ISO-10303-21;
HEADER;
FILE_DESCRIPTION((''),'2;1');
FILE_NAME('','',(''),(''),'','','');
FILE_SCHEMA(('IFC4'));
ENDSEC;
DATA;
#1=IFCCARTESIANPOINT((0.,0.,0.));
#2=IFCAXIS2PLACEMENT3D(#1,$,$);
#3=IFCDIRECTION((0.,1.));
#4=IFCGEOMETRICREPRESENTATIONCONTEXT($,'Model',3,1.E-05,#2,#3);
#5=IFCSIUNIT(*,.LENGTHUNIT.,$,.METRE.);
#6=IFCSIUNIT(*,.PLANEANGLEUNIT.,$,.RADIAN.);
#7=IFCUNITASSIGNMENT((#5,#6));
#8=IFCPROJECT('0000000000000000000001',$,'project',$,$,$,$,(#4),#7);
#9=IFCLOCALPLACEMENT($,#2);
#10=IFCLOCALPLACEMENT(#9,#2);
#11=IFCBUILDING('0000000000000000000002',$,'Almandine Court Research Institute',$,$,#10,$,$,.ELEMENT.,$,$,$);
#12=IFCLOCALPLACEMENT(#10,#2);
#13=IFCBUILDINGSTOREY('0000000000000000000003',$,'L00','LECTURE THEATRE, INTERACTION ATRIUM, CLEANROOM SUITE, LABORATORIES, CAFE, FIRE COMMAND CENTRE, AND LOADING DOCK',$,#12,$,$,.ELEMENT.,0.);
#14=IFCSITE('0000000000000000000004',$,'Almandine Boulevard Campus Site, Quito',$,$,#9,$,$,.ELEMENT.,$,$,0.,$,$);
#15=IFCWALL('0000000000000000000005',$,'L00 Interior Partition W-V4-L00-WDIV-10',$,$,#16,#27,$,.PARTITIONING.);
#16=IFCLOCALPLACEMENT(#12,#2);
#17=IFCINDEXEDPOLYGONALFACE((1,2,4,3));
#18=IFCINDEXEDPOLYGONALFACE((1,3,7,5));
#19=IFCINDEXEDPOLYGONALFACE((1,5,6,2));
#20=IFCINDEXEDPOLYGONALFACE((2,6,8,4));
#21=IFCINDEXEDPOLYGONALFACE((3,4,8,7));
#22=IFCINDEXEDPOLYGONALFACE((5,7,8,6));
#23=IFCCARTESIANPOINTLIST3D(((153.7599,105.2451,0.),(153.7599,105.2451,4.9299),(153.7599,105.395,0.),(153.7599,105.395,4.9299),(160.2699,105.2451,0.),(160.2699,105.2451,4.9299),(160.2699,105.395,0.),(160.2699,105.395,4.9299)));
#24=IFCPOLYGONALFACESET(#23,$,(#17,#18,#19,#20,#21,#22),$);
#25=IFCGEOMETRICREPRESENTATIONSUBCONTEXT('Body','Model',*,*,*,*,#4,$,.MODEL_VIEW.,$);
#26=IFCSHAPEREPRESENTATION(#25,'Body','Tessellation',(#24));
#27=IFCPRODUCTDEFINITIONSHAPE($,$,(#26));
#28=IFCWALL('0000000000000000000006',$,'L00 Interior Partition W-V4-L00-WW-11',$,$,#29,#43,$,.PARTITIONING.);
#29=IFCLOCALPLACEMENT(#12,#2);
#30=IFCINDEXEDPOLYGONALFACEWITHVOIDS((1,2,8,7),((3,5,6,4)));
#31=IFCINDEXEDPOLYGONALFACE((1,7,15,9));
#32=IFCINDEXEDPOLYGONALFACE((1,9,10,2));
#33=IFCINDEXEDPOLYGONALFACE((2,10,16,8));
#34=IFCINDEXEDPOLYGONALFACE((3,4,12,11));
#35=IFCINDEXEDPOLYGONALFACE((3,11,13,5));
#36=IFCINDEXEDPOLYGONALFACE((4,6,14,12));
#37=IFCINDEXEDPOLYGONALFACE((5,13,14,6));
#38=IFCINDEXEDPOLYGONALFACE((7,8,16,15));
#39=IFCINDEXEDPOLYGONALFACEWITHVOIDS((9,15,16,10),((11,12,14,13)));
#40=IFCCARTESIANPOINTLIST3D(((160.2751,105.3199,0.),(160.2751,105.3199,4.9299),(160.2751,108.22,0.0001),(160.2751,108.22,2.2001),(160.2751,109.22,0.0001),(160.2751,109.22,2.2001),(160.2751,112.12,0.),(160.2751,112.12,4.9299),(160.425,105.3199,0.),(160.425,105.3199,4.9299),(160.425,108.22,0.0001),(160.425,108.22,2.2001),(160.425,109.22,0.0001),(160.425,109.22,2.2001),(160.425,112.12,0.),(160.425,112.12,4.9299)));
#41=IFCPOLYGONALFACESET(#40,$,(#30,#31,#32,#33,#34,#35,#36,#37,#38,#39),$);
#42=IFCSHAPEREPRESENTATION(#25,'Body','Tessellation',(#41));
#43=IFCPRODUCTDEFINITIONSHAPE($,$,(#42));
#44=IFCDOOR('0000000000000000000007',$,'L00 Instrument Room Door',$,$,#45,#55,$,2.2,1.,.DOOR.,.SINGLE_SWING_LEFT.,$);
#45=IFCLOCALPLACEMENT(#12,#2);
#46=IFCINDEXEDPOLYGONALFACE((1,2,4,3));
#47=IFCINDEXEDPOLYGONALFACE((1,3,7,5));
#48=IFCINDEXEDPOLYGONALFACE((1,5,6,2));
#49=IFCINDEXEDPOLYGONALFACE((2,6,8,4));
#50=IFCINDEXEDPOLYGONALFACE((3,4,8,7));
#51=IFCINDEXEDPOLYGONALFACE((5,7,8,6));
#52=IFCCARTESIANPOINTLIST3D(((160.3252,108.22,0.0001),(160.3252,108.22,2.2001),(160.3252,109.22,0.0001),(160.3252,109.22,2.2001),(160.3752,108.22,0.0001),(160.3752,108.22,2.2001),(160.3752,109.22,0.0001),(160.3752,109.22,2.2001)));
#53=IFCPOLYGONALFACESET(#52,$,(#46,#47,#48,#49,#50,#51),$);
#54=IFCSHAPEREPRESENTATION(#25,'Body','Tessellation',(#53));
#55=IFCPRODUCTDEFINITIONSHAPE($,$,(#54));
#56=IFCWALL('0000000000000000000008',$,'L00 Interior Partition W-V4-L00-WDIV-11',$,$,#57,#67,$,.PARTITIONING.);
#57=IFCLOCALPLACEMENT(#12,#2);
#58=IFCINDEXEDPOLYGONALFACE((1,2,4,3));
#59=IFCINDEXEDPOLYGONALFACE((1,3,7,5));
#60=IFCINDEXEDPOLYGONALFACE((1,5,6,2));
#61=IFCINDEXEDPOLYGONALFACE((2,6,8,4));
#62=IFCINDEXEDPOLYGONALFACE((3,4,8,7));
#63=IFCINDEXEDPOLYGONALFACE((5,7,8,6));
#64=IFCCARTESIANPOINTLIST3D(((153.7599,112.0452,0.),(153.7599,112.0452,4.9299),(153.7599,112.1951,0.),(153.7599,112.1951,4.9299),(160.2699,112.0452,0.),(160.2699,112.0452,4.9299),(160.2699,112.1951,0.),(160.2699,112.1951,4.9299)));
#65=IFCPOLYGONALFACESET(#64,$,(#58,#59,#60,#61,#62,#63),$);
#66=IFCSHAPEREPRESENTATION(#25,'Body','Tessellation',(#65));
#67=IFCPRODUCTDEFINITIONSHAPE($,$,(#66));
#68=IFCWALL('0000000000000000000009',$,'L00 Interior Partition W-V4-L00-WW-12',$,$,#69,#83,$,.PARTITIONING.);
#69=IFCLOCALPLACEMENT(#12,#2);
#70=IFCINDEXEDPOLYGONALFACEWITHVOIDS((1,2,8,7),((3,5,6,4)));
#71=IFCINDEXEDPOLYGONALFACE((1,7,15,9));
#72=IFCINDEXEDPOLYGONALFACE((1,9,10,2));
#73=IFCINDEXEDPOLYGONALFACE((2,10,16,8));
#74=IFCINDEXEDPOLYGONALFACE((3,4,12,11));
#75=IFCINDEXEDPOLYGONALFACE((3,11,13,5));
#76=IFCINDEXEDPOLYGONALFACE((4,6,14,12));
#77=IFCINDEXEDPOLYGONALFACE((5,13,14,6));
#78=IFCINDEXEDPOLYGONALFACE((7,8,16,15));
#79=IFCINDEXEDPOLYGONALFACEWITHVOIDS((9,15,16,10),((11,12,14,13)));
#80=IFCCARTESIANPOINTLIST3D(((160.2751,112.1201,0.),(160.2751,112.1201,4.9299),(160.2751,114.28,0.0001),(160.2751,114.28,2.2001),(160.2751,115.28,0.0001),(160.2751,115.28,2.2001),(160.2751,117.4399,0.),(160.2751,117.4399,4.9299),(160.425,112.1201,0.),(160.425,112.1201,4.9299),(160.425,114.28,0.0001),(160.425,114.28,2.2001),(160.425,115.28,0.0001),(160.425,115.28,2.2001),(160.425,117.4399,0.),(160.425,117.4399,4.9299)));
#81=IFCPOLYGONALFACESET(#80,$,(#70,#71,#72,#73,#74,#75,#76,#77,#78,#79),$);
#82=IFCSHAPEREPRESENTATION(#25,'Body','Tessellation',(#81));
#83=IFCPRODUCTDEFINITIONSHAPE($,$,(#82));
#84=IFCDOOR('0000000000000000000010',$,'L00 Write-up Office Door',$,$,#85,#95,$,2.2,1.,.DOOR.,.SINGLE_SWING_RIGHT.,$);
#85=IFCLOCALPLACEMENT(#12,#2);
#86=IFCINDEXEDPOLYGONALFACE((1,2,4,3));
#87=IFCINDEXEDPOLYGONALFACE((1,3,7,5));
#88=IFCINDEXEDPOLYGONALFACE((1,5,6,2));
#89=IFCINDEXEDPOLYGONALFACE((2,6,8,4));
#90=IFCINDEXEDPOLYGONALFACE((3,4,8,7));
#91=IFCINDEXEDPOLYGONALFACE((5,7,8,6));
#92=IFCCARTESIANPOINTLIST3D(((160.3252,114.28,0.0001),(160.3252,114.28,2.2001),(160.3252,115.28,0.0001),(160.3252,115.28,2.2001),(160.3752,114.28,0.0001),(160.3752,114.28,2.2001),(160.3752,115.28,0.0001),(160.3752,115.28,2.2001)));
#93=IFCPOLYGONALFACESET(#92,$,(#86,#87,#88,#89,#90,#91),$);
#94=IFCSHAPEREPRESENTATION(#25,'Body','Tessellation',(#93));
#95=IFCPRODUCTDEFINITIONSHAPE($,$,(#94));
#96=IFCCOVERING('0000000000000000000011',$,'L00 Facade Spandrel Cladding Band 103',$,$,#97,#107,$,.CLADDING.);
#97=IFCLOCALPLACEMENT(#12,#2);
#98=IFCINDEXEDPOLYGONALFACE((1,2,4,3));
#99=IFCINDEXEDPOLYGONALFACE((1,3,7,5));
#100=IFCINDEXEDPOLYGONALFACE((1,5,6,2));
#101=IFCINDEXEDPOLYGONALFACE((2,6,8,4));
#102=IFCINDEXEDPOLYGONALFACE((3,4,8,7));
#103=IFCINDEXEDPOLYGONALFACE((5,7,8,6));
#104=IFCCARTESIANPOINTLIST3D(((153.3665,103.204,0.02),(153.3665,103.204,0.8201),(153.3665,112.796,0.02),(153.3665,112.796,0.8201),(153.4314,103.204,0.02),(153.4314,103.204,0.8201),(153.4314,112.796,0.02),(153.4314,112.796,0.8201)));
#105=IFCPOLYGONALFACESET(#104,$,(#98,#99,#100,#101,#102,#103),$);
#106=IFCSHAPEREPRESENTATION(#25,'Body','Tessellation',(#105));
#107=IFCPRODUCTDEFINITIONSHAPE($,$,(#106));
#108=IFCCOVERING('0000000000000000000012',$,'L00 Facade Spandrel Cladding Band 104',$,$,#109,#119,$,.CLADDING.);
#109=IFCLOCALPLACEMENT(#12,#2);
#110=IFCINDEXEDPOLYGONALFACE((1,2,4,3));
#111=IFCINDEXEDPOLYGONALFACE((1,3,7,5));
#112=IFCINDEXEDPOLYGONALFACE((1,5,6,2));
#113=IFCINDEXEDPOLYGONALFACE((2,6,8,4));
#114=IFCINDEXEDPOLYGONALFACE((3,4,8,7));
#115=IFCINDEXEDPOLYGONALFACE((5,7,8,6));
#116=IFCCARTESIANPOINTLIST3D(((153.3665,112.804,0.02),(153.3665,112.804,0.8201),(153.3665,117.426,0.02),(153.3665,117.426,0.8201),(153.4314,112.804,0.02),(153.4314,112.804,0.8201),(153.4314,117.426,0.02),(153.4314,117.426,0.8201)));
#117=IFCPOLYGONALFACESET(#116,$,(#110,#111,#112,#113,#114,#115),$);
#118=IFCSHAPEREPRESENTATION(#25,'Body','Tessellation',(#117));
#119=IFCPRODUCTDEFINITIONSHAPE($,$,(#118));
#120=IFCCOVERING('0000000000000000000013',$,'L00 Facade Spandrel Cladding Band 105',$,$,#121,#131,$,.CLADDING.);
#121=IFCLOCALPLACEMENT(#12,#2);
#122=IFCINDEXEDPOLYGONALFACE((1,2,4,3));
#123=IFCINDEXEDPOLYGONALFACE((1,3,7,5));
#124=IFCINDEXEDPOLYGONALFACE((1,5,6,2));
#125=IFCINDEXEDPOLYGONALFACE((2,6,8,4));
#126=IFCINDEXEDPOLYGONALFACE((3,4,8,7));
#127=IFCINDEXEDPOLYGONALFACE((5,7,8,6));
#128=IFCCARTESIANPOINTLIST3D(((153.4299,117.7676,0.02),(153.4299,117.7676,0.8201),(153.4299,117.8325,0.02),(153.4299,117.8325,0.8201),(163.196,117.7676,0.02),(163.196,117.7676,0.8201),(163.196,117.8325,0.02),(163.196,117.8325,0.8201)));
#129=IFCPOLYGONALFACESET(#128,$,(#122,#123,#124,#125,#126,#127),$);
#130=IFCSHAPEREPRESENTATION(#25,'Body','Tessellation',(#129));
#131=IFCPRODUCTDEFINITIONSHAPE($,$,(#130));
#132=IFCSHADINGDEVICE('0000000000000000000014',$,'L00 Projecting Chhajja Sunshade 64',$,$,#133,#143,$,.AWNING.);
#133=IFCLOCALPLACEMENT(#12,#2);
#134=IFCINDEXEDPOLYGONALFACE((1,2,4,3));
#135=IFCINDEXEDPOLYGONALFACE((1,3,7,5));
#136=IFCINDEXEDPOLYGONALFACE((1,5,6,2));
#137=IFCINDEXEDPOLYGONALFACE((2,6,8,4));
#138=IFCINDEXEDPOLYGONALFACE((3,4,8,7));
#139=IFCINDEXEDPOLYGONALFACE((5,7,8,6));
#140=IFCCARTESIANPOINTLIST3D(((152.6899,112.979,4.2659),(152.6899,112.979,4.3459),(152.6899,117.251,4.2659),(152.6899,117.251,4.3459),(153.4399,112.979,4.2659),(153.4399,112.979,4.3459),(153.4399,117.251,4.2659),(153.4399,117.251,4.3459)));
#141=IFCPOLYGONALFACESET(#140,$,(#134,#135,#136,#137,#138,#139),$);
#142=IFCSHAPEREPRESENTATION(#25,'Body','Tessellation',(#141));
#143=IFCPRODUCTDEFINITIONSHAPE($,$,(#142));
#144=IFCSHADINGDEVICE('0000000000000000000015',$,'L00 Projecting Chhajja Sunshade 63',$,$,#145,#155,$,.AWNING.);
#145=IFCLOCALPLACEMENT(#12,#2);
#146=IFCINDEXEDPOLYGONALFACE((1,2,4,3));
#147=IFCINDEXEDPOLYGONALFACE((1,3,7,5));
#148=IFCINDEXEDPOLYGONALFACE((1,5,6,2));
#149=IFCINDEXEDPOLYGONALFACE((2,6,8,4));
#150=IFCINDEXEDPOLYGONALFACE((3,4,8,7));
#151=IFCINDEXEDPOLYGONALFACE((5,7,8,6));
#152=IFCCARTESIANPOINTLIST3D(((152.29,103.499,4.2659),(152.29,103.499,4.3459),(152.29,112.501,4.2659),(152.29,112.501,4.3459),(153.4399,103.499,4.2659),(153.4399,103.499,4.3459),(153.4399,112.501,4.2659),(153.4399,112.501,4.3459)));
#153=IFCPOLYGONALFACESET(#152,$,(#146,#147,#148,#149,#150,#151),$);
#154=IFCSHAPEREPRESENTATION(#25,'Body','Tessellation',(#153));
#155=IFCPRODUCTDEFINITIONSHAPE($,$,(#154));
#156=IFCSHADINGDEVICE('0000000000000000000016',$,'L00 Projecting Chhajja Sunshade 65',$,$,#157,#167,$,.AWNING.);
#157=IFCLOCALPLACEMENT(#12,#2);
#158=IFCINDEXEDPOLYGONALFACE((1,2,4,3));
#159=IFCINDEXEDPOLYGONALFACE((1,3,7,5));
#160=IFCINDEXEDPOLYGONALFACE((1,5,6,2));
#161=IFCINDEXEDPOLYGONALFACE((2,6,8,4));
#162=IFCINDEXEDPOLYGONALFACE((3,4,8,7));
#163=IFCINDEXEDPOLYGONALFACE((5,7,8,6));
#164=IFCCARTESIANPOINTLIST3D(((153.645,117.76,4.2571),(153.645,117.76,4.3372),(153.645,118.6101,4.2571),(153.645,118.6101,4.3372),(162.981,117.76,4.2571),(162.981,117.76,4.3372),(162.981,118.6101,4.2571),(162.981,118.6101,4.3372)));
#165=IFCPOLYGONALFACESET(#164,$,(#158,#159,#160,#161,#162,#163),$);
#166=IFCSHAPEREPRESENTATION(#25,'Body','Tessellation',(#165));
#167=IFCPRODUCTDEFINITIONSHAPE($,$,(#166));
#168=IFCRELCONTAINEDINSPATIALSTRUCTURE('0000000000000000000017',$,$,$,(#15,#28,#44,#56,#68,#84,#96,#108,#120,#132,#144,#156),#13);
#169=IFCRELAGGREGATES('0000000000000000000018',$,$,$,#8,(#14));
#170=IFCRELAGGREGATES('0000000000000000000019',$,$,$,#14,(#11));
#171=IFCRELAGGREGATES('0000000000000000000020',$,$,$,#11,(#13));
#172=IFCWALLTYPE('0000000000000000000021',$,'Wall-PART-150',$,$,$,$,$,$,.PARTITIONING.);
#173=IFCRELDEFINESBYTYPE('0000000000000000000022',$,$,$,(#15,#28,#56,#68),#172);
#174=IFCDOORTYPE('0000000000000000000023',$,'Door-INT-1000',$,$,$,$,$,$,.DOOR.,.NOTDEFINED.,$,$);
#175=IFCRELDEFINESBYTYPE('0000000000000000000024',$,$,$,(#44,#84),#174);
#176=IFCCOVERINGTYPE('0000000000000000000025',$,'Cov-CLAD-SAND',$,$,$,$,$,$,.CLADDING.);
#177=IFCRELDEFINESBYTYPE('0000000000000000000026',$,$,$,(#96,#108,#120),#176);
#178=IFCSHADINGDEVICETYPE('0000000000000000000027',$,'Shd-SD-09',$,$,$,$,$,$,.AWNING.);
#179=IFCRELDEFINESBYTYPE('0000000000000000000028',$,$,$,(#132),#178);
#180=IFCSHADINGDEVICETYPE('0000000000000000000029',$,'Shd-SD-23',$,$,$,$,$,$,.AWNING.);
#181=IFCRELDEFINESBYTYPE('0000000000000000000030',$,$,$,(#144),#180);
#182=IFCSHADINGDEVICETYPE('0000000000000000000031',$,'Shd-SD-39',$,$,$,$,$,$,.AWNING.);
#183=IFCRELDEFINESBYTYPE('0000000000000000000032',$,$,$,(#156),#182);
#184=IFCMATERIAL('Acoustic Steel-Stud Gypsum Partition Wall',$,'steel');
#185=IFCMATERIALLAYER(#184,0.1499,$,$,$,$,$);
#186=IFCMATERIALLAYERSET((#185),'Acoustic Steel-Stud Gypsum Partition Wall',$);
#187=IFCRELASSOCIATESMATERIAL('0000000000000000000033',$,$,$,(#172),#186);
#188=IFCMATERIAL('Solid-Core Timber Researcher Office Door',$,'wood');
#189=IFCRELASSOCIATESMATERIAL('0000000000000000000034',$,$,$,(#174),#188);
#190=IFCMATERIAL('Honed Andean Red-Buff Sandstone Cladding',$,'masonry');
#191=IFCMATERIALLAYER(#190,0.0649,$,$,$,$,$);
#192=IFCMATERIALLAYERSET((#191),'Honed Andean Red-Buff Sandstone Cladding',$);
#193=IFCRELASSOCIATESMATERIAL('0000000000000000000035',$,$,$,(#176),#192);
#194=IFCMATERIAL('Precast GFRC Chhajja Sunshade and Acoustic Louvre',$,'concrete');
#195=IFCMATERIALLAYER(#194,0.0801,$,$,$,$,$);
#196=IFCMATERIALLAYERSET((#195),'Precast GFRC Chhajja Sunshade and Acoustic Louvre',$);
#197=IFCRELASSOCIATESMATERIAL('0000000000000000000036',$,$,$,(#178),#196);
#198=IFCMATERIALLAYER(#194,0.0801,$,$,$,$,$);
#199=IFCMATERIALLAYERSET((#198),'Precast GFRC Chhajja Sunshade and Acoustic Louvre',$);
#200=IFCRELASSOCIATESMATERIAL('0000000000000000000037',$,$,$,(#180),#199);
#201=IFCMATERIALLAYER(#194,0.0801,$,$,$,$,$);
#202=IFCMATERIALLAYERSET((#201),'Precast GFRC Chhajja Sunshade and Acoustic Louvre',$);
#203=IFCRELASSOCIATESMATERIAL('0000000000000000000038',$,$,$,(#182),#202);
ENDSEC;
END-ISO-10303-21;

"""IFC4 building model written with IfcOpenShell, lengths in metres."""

from ifc_helpers import new_model, si_unit, direction, frame, frame_2d, origin, origin_2d, place, context, subcontext, project, spatial, rectangle, extrude, material, layer, layer_set, type_object, element, fill, save


model = new_model("IFC4")

# Units and contexts
model_context = context("Model", 3, precision=1e-05, world=origin(), true_north=direction((0.0, 1.0)))
body_context = subcontext(model_context, "Body", "Model", "MODEL_VIEW")
ifc_project = project(units=[si_unit("LENGTHUNIT", "METRE"), si_unit("PLANEANGLEUNIT", "RADIAN")], contexts=[model_context])

# Site, building, storey
site_placement = place(None, origin())
site = spatial("IfcSite", under=ifc_project, at=site_placement, Name="Almandine Boulevard Campus Site, Quito", CompositionType="ELEMENT", RefElevation=0.0)
building_placement = place(site_placement, origin())
building = spatial("IfcBuilding", under=site, at=building_placement, Name="Almandine Court Research Institute", CompositionType="ELEMENT")
storey_placement = place(building_placement, origin())
storey = spatial("IfcBuildingStorey", under=building, at=storey_placement, Name="L00", Description="LECTURE THEATRE, INTERACTION ATRIUM, CLEANROOM SUITE, LABORATORIES, CAFE, FIRE COMMAND CENTRE, AND LOADING DOCK", CompositionType="ELEMENT", Elevation=0.0)

# Wall
ifc_material_1 = material(Name="Acoustic Steel-Stud Gypsum Partition Wall", Category="steel")
ifc_layer_1 = layer(ifc_material_1, 0.1499)
ifc_layer_set_1 = layer_set([ifc_layer_1], Name="Acoustic Steel-Stud Gypsum Partition Wall")
wall_type_1 = type_object("IfcWallType", Name="Wall-PART-150", PredefinedType="PARTITIONING", material=ifc_layer_set_1)
wall_1_placement = place(storey_placement, frame((153.76, 105.3201, 0.0), z_axis=(0.0, 0.0, 1.0), x_axis=(1.0, 0.0, 0.0)))
element("IfcWall", 1, at=wall_1_placement, inside=storey, type_object=wall_type_1, Name="L00 Interior Partition W-V4-L00-WDIV-10", PredefinedType="PARTITIONING", context=body_context, shape_type="SweptSolid", body=[
    extrude(rectangle(XDim=6.51, YDim=0.1499, at=frame_2d((3.2549, 0.0))), origin(), (0.0, 0.0, 1.0), 4.9299),
])

# Wall, opening, door
wall_2_placement = place(storey_placement, frame((160.3501, 105.3201, 0.0), z_axis=(0.0, 0.0, 1.0), x_axis=(0.0, 1.0, 0.0)))
wall_2 = element("IfcWall", 2, at=wall_2_placement, inside=storey, type_object=wall_type_1, Name="L00 Interior Partition W-V4-L00-WW-11", PredefinedType="PARTITIONING", context=body_context, shape_type="SweptSolid", body=[
    extrude(rectangle(XDim=6.8, YDim=0.1499, at=frame_2d((3.3999, 0.0))), origin(), (0.0, 0.0, 1.0), 4.9299),
])
opening_1_placement = place(wall_2_placement, frame((2.8999, 0.0, 0.0)))
opening_1 = element("IfcOpeningElement", 3, at=opening_1_placement, cuts=wall_2, PredefinedType="OPENING", context=body_context, shape_type="SweptSolid", body=[
    extrude(rectangle(XDim=1.0, YDim=2.2, at=frame_2d((0.5, 1.1001))), frame((0.0, 0.085, 0.0), z_axis=(0.0, -1.0, 0.0), x_axis=(1.0, 0.0, 0.0)), (0.0, 0.0, 1.0), 0.1699),
])
ifc_material_2 = material(Name="Solid-Core Timber Researcher Office Door", Category="wood")
door_type = type_object("IfcDoorType", Name="Door-INT-1000", OperationType="NOTDEFINED", PredefinedType="DOOR", material=ifc_material_2)
door_1_placement = place(opening_1_placement, origin())
door_1 = element("IfcDoor", 4, at=door_1_placement, inside=storey, type_object=door_type, Name="L00 Instrument Room Door", OperationType="SINGLE_SWING_LEFT", OverallHeight=2.2, OverallWidth=1.0, PredefinedType="DOOR", context=body_context, shape_type="SweptSolid", body=[
    extrude(rectangle(XDim=1.0, YDim=2.2, at=frame_2d((0.5, 1.1001))), frame((0.0, 0.0249, 0.0), z_axis=(0.0, -1.0, 0.0), x_axis=(1.0, 0.0, 0.0)), (0.0, 0.0, 1.0), 0.05),
])
fill(opening_1, door_1)

# Wall
wall_3_placement = place(storey_placement, frame((153.76, 112.1201, 0.0), z_axis=(0.0, 0.0, 1.0), x_axis=(1.0, 0.0, 0.0)))
element("IfcWall", 5, at=wall_3_placement, inside=storey, type_object=wall_type_1, Name="L00 Interior Partition W-V4-L00-WDIV-11", PredefinedType="PARTITIONING", context=body_context, shape_type="SweptSolid", body=[
    extrude(rectangle(XDim=6.51, YDim=0.1499, at=frame_2d((3.2549, 0.0))), origin(), (0.0, 0.0, 1.0), 4.9299),
])

# Wall, opening, door
wall_4_placement = place(storey_placement, frame((160.3501, 112.1201, 0.0), z_axis=(0.0, 0.0, 1.0), x_axis=(0.0, 1.0, 0.0)))
wall_4 = element("IfcWall", 6, at=wall_4_placement, inside=storey, type_object=wall_type_1, Name="L00 Interior Partition W-V4-L00-WW-12", PredefinedType="PARTITIONING", context=body_context, shape_type="SweptSolid", body=[
    extrude(rectangle(XDim=5.3198, YDim=0.1499, at=frame_2d((2.6599, 0.0))), origin(), (0.0, 0.0, 1.0), 4.9299),
])
opening_2_placement = place(wall_4_placement, frame((2.1599, 0.0, 0.0)))
opening_2 = element("IfcOpeningElement", 7, at=opening_2_placement, cuts=wall_4, PredefinedType="OPENING", context=body_context, shape_type="SweptSolid", body=[
    extrude(rectangle(XDim=1.0, YDim=2.2, at=frame_2d((0.5, 1.1001))), frame((0.0, 0.085, 0.0), z_axis=(0.0, -1.0, 0.0), x_axis=(1.0, 0.0, 0.0)), (0.0, 0.0, 1.0), 0.1699),
])
door_2_placement = place(opening_2_placement, origin())
door_2 = element("IfcDoor", 8, at=door_2_placement, inside=storey, type_object=door_type, Name="L00 Write-up Office Door", OperationType="SINGLE_SWING_RIGHT", OverallHeight=2.2, OverallWidth=1.0, PredefinedType="DOOR", context=body_context, shape_type="SweptSolid", body=[
    extrude(rectangle(XDim=1.0, YDim=2.2, at=frame_2d((0.5, 1.1001))), frame((0.0, 0.0249, 0.0), z_axis=(0.0, -1.0, 0.0), x_axis=(1.0, 0.0, 0.0)), (0.0, 0.0, 1.0), 0.05),
])
fill(opening_2, door_2)

# Coverings
ifc_material_3 = material(Name="Honed Andean Red-Buff Sandstone Cladding", Category="masonry")
ifc_layer_2 = layer(ifc_material_3, 0.0649)
ifc_layer_set_2 = layer_set([ifc_layer_2], Name="Honed Andean Red-Buff Sandstone Cladding")
covering_type = type_object("IfcCoveringType", Name="Cov-CLAD-SAND", PredefinedType="CLADDING", material=ifc_layer_set_2)
covering_1_placement = place(storey_placement, frame((153.3989, 108.0, 0.02), z_axis=(0.0, 0.0, 1.0), x_axis=(0.0, 1.0, 0.0)))
element("IfcCovering", 9, at=covering_1_placement, inside=storey, type_object=covering_type, Name="L00 Facade Spandrel Cladding Band 103", PredefinedType="CLADDING", context=body_context, shape_type="SweptSolid", body=[
    extrude(rectangle(XDim=9.592, YDim=0.0649, at=origin_2d()), origin(), (0.0, 0.0, 1.0), 0.8),
])
covering_2_placement = place(storey_placement, frame((153.3989, 115.115, 0.02), z_axis=(0.0, 0.0, 1.0), x_axis=(0.0, 1.0, 0.0)))
element("IfcCovering", 10, at=covering_2_placement, inside=storey, type_object=covering_type, Name="L00 Facade Spandrel Cladding Band 104", PredefinedType="CLADDING", context=body_context, shape_type="SweptSolid", body=[
    extrude(rectangle(XDim=4.6221, YDim=0.0649, at=origin_2d()), origin(), (0.0, 0.0, 1.0), 0.8),
])
covering_3_placement = place(storey_placement, frame((158.313, 117.8, 0.02), z_axis=(0.0, 0.0, 1.0), x_axis=(1.0, 0.0, 0.0)))
element("IfcCovering", 11, at=covering_3_placement, inside=storey, type_object=covering_type, Name="L00 Facade Spandrel Cladding Band 105", PredefinedType="CLADDING", context=body_context, shape_type="SweptSolid", body=[
    extrude(rectangle(XDim=9.7661, YDim=0.0649, at=origin_2d()), origin(), (0.0, 0.0, 1.0), 0.8),
])

# Shading devices
ifc_material_4 = material(Name="Precast GFRC Chhajja Sunshade and Acoustic Louvre", Category="concrete")
ifc_layer_3 = layer(ifc_material_4, 0.0801)
ifc_layer_set_3 = layer_set([ifc_layer_3], Name="Precast GFRC Chhajja Sunshade and Acoustic Louvre")
shading_device_type_1 = type_object("IfcShadingDeviceType", Name="Shd-SD-09", PredefinedType="AWNING", material=ifc_layer_set_3)
shading_device_1_placement = place(storey_placement, frame((153.0649, 115.115, 4.2659), z_axis=(0.0, 0.0, 1.0), x_axis=(0.0, 1.0, 0.0)))
element("IfcShadingDevice", 12, at=shading_device_1_placement, inside=storey, type_object=shading_device_type_1, Name="L00 Projecting Chhajja Sunshade 64", PredefinedType="AWNING", context=body_context, shape_type="SweptSolid", body=[
    extrude(rectangle(XDim=4.272, YDim=0.75, at=origin_2d()), origin(), (0.0, 0.0, 1.0), 0.0801),
])
ifc_layer_4 = layer(ifc_material_4, 0.0801)
ifc_layer_set_4 = layer_set([ifc_layer_4], Name="Precast GFRC Chhajja Sunshade and Acoustic Louvre")
shading_device_type_2 = type_object("IfcShadingDeviceType", Name="Shd-SD-23", PredefinedType="AWNING", material=ifc_layer_set_4)
shading_device_2_placement = place(storey_placement, frame((152.865, 108.0, 4.2659), z_axis=(0.0, 0.0, 1.0), x_axis=(0.0, 1.0, 0.0)))
element("IfcShadingDevice", 13, at=shading_device_2_placement, inside=storey, type_object=shading_device_type_2, Name="L00 Projecting Chhajja Sunshade 63", PredefinedType="AWNING", context=body_context, shape_type="SweptSolid", body=[
    extrude(rectangle(XDim=9.002, YDim=1.1499, at=origin_2d()), origin(), (0.0, 0.0, 1.0), 0.0801),
])
ifc_layer_5 = layer(ifc_material_4, 0.0801)
ifc_layer_set_5 = layer_set([ifc_layer_5], Name="Precast GFRC Chhajja Sunshade and Acoustic Louvre")
shading_device_type_3 = type_object("IfcShadingDeviceType", Name="Shd-SD-39", PredefinedType="AWNING", material=ifc_layer_set_5)
shading_device_3_placement = place(storey_placement, frame((158.313, 118.1851, 4.2571), z_axis=(0.0, 0.0, 1.0), x_axis=(1.0, 0.0, 0.0)))
element("IfcShadingDevice", 14, at=shading_device_3_placement, inside=storey, type_object=shading_device_type_3, Name="L00 Projecting Chhajja Sunshade 65", PredefinedType="AWNING", context=body_context, shape_type="SweptSolid", body=[
    extrude(rectangle(XDim=9.3359, YDim=0.8501, at=origin_2d()), origin(), (0.0, 0.0, 1.0), 0.0801),
])

save(model, "model.ifc")
